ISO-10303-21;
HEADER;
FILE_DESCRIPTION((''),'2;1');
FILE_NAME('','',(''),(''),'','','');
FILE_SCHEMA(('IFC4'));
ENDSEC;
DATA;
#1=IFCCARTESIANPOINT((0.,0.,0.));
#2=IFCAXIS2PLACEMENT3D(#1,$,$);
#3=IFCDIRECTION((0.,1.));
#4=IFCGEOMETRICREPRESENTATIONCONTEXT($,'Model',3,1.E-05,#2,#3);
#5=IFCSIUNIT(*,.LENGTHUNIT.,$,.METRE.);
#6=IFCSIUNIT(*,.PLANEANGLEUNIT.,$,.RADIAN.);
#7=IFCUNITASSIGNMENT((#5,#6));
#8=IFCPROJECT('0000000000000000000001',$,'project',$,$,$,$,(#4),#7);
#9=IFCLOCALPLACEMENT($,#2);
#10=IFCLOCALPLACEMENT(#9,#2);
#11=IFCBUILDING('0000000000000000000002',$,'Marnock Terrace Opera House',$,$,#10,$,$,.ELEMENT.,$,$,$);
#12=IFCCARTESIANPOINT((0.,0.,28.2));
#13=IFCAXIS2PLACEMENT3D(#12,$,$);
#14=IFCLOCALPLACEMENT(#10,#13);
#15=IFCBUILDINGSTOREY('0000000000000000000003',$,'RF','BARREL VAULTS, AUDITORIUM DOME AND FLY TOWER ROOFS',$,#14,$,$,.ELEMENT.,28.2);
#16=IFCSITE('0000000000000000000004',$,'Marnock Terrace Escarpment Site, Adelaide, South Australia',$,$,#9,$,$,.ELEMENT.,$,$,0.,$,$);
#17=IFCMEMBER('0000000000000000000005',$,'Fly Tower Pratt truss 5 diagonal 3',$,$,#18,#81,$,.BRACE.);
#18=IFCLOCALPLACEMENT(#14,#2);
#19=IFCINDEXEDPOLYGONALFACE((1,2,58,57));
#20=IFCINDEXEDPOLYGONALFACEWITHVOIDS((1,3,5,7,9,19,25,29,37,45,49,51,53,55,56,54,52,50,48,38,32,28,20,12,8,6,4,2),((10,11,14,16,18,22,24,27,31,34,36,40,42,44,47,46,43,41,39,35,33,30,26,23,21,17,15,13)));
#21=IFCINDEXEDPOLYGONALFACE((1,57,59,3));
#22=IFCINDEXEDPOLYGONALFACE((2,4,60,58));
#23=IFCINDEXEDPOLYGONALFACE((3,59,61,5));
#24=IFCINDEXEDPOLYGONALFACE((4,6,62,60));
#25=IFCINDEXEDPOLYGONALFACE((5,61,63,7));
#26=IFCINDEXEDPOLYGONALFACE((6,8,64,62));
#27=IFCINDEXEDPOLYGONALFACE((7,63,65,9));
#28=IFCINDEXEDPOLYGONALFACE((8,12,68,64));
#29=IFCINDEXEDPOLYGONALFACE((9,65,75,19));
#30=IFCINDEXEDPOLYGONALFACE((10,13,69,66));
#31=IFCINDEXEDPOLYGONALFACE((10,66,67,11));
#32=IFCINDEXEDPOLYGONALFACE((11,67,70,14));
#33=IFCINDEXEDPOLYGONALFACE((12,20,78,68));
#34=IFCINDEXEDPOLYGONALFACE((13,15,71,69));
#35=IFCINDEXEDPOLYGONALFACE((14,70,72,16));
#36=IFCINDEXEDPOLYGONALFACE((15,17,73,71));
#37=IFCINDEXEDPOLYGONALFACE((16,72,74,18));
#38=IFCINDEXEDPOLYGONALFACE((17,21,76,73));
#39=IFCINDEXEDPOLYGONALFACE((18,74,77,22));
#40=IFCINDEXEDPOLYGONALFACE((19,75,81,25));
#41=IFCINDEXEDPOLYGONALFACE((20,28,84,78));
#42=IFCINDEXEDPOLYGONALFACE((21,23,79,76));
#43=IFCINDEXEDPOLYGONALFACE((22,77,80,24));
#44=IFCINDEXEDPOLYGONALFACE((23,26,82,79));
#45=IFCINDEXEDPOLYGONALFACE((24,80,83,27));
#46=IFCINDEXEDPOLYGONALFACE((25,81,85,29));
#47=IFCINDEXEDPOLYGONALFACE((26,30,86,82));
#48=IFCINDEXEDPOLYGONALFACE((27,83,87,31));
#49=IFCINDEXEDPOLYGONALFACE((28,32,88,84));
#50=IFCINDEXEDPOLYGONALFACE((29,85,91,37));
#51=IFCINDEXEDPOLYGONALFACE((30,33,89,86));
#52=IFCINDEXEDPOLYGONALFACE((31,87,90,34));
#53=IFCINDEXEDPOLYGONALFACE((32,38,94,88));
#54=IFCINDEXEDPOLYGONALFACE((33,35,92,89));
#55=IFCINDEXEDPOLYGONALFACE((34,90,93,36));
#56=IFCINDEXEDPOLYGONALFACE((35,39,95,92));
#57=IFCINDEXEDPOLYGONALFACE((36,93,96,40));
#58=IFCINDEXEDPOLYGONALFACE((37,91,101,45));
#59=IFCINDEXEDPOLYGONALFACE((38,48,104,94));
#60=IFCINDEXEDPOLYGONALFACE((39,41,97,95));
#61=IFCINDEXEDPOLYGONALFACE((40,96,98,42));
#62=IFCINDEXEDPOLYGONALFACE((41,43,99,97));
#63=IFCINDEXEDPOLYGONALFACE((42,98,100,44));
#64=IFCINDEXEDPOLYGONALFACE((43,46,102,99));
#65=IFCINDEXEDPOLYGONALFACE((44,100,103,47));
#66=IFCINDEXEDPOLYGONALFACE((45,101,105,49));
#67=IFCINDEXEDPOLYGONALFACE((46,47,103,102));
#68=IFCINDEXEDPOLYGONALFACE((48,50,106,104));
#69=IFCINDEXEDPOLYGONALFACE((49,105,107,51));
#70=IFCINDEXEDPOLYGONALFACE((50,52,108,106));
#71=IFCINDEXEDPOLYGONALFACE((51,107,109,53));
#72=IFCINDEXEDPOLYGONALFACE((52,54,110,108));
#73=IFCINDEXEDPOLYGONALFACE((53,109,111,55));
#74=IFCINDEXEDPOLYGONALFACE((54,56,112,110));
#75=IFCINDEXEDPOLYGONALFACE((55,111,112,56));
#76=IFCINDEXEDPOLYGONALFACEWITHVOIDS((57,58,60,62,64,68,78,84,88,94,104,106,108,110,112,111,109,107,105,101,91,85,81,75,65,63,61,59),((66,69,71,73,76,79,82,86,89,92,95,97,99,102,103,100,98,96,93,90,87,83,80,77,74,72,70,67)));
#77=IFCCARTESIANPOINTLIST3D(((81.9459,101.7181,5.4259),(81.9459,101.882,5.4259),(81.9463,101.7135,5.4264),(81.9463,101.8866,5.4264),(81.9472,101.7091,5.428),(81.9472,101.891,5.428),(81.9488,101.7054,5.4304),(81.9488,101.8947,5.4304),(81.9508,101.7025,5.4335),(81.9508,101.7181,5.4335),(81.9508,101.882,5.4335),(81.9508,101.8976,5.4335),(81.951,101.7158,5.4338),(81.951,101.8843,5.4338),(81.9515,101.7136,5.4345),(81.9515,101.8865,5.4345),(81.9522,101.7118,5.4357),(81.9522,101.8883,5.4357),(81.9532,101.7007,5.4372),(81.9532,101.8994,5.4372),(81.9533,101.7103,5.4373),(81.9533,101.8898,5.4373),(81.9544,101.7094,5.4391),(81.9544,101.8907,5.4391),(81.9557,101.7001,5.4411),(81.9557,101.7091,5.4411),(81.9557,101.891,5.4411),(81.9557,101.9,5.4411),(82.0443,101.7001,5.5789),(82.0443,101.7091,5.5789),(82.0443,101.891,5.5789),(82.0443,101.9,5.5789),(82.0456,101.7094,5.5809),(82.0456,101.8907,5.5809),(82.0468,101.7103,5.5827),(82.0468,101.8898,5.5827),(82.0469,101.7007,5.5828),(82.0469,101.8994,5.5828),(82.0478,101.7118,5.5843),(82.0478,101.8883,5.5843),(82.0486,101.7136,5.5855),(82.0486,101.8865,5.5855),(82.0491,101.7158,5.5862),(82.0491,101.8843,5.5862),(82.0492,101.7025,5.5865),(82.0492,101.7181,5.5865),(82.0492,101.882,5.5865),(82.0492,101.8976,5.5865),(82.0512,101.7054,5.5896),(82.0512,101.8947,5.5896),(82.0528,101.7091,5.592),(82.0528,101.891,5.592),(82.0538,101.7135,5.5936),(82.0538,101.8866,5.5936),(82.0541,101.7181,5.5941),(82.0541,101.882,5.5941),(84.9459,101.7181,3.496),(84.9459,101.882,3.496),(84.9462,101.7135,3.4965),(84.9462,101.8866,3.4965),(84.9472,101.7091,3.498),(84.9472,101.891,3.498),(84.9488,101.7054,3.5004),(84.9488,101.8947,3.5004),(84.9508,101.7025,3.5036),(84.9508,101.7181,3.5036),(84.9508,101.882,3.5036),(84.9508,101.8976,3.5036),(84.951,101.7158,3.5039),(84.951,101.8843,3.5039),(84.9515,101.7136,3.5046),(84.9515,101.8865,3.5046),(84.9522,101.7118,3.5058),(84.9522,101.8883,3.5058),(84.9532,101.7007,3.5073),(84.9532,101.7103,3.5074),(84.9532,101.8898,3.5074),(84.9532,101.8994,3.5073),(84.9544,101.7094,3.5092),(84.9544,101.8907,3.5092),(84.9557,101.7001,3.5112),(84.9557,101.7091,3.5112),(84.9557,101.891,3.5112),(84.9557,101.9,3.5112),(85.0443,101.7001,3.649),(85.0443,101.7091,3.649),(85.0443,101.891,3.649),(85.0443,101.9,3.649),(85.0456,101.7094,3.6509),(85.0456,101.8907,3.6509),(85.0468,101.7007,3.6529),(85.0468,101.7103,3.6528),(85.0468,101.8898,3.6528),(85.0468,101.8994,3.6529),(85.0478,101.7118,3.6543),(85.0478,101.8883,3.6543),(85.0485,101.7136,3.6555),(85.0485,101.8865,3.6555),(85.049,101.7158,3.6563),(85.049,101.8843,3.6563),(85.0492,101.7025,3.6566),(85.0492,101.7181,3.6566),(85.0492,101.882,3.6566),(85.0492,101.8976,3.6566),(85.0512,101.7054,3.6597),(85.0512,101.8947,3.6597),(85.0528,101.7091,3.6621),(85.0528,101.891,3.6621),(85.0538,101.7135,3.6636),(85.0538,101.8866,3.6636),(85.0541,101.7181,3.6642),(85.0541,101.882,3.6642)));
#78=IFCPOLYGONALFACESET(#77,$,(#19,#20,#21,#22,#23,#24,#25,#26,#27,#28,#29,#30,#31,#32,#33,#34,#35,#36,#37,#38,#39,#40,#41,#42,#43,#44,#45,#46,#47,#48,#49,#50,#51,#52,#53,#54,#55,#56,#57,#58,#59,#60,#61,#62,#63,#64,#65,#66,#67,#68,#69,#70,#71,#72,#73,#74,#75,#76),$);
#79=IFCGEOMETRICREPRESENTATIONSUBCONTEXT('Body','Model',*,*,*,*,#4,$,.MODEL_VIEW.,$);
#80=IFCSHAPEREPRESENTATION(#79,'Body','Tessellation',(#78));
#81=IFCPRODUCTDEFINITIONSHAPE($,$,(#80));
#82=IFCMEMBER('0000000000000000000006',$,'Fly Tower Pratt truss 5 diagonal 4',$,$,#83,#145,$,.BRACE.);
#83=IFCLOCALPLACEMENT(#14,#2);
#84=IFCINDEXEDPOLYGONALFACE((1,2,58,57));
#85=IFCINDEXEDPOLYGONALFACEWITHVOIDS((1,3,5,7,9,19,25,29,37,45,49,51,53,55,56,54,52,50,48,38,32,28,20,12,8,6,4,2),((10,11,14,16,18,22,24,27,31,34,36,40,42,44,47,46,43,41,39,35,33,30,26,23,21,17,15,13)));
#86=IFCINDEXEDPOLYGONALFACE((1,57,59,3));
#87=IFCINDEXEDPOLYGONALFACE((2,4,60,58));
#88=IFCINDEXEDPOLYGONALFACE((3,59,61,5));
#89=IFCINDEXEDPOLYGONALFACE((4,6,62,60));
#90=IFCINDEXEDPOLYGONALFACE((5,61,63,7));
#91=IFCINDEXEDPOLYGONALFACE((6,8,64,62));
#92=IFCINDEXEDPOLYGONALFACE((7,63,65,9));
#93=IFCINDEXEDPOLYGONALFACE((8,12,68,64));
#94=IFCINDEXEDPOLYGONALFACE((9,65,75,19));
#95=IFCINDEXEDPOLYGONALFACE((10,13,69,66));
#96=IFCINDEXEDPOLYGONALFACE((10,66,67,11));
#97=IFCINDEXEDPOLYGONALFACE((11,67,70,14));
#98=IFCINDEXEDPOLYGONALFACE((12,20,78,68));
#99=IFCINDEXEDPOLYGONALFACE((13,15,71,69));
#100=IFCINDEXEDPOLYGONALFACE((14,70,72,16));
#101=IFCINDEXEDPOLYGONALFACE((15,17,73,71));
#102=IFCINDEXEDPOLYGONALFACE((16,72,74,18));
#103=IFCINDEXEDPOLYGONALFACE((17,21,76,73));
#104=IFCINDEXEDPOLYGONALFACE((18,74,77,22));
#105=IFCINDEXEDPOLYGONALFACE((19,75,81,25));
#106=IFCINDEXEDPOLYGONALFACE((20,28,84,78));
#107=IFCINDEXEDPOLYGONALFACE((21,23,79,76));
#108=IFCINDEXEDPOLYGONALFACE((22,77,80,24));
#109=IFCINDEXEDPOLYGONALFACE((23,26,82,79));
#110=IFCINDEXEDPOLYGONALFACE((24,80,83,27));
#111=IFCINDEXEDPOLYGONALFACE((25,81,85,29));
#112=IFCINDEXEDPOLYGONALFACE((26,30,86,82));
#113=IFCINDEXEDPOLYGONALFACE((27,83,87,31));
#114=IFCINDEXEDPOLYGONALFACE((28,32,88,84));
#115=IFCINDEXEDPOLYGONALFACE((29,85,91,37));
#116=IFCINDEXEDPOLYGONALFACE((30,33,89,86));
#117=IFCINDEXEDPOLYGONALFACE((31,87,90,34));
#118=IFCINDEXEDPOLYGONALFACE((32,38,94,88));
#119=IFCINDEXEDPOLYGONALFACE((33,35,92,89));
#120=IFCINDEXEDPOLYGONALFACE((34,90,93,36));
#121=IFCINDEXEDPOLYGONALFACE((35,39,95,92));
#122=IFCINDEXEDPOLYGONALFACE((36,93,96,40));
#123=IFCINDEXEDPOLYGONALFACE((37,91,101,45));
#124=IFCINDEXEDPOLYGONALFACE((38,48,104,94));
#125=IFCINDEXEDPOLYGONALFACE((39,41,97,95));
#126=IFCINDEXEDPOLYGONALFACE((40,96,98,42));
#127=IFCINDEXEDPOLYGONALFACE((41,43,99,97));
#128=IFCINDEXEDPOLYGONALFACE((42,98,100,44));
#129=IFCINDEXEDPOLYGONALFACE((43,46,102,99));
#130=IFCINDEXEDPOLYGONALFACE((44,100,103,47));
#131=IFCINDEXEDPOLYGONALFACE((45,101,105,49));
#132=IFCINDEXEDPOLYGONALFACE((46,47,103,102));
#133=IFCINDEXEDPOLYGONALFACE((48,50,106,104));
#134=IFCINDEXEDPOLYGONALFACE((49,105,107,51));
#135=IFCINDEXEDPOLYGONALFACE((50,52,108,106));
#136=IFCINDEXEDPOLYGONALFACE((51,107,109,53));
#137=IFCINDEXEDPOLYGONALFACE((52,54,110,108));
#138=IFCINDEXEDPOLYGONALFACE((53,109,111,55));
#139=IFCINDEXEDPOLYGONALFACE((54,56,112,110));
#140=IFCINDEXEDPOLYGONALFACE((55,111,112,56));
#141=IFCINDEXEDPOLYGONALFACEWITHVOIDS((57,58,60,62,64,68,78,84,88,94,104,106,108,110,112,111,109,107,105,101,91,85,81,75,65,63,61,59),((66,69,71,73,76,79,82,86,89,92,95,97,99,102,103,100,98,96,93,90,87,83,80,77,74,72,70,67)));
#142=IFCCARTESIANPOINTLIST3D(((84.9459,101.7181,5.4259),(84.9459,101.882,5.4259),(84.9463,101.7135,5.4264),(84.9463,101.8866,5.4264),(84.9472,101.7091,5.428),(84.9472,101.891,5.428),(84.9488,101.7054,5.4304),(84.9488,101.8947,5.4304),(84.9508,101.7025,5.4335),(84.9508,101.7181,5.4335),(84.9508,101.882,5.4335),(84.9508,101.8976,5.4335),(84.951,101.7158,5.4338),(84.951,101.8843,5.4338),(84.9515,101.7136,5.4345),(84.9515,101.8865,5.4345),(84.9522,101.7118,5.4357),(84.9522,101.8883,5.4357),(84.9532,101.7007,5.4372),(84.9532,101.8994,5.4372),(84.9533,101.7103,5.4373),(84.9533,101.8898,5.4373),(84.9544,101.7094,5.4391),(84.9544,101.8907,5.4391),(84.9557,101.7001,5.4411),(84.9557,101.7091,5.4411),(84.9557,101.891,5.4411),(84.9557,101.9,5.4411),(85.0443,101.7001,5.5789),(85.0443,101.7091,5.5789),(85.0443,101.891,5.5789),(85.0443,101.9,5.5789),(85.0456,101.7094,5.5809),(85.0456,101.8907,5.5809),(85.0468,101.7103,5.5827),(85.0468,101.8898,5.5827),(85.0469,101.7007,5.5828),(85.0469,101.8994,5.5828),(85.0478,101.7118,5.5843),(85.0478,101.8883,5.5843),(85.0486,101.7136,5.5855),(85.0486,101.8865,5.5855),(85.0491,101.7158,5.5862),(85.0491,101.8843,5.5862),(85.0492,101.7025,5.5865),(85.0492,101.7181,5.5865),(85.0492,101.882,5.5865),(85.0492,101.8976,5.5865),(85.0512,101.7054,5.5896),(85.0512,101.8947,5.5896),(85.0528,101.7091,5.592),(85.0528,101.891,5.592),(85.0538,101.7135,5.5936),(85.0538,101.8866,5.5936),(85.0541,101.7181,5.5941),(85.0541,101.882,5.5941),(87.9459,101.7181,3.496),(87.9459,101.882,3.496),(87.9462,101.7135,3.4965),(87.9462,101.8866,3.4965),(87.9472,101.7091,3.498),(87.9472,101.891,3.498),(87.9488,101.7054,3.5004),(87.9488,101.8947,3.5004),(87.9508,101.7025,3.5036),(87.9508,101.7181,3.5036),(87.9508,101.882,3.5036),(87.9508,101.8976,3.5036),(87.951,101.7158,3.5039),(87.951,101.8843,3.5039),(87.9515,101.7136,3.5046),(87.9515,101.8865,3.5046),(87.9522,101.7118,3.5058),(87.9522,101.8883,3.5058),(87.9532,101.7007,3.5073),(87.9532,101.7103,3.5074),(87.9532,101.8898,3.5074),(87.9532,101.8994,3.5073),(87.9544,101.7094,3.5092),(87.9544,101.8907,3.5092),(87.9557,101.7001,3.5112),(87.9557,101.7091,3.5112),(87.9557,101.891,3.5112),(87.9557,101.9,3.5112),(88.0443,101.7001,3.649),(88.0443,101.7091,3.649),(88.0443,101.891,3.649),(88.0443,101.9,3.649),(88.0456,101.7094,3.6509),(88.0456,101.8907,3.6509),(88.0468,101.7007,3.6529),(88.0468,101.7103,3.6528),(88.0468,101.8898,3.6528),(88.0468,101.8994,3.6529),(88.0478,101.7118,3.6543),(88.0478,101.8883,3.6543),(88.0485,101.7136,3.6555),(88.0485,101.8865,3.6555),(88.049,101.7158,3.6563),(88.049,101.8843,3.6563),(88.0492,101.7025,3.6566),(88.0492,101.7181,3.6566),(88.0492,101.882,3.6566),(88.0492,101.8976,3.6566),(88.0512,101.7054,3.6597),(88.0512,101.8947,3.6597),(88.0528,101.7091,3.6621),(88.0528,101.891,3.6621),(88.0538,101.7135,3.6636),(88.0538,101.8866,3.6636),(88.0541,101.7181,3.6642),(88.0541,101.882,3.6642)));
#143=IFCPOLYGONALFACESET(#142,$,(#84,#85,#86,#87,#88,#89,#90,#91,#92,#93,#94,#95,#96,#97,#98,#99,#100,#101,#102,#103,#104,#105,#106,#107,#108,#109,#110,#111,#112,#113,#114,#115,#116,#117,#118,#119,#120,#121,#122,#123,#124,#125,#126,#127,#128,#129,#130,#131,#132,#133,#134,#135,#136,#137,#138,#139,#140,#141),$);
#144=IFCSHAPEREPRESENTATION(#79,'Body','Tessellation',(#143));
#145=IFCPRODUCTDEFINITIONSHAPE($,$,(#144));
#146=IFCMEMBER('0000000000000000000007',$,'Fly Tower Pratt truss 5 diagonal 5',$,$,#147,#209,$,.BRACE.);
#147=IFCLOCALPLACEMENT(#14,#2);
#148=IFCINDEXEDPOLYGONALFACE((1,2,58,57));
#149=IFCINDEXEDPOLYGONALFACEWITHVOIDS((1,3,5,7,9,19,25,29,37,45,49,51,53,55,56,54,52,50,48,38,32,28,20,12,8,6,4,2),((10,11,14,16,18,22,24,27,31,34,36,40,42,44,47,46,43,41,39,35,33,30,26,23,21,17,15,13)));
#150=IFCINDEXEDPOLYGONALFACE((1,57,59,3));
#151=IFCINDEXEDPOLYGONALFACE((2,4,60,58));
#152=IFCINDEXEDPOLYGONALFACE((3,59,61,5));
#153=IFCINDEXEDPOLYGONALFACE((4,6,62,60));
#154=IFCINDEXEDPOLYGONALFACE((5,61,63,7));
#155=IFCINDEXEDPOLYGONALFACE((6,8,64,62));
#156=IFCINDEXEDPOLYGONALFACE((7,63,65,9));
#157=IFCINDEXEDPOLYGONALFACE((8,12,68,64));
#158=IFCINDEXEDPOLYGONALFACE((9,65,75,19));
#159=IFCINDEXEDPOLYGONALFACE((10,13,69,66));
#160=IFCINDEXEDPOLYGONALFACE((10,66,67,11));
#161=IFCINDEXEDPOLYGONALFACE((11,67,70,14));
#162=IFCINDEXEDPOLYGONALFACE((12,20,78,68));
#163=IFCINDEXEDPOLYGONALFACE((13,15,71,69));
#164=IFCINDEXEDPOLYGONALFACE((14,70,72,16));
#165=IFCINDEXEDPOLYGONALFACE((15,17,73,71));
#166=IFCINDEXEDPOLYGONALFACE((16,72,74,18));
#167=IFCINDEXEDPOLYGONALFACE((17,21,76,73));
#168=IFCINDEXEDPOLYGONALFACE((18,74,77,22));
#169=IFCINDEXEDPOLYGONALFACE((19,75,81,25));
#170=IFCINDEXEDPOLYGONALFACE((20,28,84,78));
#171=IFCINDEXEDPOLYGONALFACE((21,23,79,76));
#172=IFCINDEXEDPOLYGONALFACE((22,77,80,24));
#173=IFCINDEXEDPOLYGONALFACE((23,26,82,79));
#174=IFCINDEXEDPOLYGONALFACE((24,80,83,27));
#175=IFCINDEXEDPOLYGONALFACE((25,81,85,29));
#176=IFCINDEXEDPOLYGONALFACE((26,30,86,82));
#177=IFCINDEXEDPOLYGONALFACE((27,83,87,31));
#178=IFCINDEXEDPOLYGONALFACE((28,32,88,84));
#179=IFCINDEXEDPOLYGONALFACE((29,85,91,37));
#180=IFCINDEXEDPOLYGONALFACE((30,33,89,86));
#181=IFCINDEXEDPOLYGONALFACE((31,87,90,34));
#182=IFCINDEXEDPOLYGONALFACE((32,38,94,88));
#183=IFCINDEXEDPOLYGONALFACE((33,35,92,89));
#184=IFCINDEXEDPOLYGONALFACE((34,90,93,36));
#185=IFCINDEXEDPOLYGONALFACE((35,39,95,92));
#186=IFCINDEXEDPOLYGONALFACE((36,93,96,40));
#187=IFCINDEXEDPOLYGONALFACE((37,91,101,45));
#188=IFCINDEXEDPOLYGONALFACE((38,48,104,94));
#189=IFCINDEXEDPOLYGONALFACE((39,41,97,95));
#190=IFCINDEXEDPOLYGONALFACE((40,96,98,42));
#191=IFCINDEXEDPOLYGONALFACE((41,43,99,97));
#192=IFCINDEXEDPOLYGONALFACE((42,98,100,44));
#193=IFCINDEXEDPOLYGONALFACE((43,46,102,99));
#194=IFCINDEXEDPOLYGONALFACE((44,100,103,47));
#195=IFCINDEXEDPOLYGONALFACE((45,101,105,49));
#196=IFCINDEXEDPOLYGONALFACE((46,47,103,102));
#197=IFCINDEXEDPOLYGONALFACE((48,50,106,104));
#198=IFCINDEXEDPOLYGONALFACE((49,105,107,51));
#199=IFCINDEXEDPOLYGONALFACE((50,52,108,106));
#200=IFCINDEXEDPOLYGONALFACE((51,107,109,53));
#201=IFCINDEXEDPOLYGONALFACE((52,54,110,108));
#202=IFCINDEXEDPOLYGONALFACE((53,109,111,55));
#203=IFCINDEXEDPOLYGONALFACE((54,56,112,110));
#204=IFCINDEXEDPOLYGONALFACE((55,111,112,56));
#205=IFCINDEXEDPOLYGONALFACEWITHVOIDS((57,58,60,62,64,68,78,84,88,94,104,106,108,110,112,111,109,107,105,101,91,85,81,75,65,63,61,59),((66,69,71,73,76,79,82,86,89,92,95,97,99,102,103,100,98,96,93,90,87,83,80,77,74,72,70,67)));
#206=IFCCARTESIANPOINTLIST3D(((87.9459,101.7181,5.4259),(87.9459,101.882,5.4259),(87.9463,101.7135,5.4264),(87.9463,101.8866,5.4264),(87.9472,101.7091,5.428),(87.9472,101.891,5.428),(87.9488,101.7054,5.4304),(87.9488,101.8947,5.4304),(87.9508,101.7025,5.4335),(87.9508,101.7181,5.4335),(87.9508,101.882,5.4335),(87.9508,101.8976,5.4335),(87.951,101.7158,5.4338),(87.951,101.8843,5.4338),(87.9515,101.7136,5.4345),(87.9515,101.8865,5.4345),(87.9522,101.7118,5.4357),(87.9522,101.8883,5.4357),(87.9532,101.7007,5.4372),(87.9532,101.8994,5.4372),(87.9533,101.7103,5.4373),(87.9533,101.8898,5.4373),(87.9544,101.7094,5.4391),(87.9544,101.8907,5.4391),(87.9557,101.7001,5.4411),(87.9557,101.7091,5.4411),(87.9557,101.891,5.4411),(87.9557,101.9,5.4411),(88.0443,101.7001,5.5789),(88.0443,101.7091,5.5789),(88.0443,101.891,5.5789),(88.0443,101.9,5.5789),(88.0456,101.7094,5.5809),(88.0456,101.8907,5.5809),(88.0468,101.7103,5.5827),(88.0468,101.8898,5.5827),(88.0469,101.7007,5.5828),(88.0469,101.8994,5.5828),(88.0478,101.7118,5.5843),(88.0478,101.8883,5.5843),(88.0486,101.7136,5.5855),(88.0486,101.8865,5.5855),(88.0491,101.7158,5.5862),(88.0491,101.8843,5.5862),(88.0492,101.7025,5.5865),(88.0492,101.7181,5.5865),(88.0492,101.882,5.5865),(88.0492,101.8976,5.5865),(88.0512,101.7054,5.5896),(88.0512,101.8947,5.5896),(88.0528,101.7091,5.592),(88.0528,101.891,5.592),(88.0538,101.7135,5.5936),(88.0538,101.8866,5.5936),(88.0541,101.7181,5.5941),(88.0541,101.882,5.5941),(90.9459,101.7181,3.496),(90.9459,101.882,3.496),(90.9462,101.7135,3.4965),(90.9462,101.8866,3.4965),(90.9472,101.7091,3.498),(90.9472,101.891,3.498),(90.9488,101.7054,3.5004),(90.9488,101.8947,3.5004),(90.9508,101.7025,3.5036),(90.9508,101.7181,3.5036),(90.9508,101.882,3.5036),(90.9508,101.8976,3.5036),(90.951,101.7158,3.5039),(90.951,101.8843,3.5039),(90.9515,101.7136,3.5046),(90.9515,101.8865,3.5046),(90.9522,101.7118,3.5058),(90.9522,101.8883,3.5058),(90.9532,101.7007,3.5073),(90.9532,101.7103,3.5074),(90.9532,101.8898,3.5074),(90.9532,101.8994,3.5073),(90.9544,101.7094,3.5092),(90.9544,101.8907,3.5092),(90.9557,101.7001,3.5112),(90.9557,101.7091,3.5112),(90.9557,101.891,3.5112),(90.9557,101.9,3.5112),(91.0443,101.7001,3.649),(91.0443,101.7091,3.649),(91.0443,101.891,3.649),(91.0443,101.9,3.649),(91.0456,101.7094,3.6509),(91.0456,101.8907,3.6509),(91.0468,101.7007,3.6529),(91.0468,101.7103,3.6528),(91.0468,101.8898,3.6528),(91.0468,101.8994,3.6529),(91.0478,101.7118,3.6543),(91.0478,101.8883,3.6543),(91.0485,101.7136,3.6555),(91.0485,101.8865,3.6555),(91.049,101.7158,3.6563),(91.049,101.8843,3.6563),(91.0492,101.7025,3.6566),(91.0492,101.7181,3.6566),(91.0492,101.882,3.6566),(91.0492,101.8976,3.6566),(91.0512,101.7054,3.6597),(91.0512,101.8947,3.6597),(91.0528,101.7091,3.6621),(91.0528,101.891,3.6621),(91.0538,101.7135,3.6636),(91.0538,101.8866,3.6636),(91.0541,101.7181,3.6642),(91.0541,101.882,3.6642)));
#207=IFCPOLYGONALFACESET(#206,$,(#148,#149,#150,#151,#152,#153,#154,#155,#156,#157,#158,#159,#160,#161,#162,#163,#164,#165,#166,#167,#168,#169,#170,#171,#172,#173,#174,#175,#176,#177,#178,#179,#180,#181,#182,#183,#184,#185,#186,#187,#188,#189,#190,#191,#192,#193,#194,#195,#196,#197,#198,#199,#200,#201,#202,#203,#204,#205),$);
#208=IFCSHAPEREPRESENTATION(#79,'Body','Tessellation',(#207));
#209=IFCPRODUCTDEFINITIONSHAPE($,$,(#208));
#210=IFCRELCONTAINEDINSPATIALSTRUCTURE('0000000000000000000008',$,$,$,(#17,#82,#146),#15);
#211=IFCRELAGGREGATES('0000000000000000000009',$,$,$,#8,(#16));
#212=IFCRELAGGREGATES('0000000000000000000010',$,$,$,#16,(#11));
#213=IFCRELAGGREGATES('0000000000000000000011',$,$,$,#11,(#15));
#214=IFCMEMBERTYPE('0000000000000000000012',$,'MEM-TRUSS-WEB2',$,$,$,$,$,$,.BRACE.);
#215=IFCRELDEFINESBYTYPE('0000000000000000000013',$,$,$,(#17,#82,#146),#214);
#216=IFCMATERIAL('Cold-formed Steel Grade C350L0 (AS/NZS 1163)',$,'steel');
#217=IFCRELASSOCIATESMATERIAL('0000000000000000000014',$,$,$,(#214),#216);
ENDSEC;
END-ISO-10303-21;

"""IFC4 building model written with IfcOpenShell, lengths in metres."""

from ifc_helpers import new_model, si_unit, direction, frame, origin, origin_2d, place, context, subcontext, project, spatial, hollow_rectangle, extrude, material, material_profile, profile_set, type_object, element, save


model = new_model("IFC4")

# Units and contexts
model_context = context("Model", 3, precision=1e-05, world=origin(), true_north=direction((0.0, 1.0)))
body_context = subcontext(model_context, "Body", "Model", "MODEL_VIEW")
ifc_project = project(units=[si_unit("LENGTHUNIT", "METRE"), si_unit("PLANEANGLEUNIT", "RADIAN")], contexts=[model_context])

# Site, building, storey
site_placement = place(None, origin())
site = spatial("IfcSite", under=ifc_project, at=site_placement, Name="Marnock Terrace Escarpment Site, Adelaide, South Australia", CompositionType="ELEMENT", RefElevation=0.0)
building_placement = place(site_placement, origin())
building = spatial("IfcBuilding", under=site, at=building_placement, Name="Marnock Terrace Opera House", CompositionType="ELEMENT")
storey_placement = place(building_placement, frame((0.0, 0.0, 28.2)))
storey = spatial("IfcBuildingStorey", under=building, at=storey_placement, Name="RF", Description="BARREL VAULTS, AUDITORIUM DOME AND FLY TOWER ROOFS", CompositionType="ELEMENT", Elevation=28.2)

# Members
ifc_material_1 = material(Name="Cold-formed Steel Grade C350L0 (AS/NZS 1163)", Category="steel")
ifc_material_profile_1 = material_profile(ifc_material_1, hollow_rectangle(XDim=0.2, YDim=0.2, WallThickness=0.009, InnerFilletRadius=0.009, OuterFilletRadius=0.0181, at=origin_2d()))
ifc_profile_set_1 = profile_set([ifc_material_profile_1], Name="Cold-formed Steel Grade C350L0 (AS/NZS 1163)")
member_type_1 = type_object("IfcMemberType", Name="MEM-TRUSS-WEB2", PredefinedType="BRACE", material=ifc_profile_set_1)
for number, where, z_axis, x_axis, name in (
    (1, (85.0, 101.8, 3.5801), (-0.841005, 0.0, 0.541027), (0.0, -1.0, 0.0), "Fly Tower Pratt truss 5 diagonal 3"),
    (2, (88.0, 101.8, 3.5801), (-0.841005, 0.0, 0.541027), (0.0, -1.0, 0.0), "Fly Tower Pratt truss 5 diagonal 4"),
    (3, (91.0, 101.8, 3.5801), (-0.841005, 0.0, 0.541027), (0.0, -1.0, 0.0), "Fly Tower Pratt truss 5 diagonal 5"),
):
    element("IfcMember", number, at=place(storey_placement, frame(where, z_axis=z_axis, x_axis=x_axis)), inside=storey, type_object=member_type_1, Name=name, PredefinedType="BRACE", context=body_context, shape_type="SweptSolid", body=[
        extrude(hollow_rectangle(XDim=0.2, YDim=0.2, WallThickness=0.009, InnerFilletRadius=0.009, OuterFilletRadius=0.0181, at=origin_2d()), origin(), (0.0, 0.0, 1.0), 3.5671),
    ])

save(model, "model.ifc")
